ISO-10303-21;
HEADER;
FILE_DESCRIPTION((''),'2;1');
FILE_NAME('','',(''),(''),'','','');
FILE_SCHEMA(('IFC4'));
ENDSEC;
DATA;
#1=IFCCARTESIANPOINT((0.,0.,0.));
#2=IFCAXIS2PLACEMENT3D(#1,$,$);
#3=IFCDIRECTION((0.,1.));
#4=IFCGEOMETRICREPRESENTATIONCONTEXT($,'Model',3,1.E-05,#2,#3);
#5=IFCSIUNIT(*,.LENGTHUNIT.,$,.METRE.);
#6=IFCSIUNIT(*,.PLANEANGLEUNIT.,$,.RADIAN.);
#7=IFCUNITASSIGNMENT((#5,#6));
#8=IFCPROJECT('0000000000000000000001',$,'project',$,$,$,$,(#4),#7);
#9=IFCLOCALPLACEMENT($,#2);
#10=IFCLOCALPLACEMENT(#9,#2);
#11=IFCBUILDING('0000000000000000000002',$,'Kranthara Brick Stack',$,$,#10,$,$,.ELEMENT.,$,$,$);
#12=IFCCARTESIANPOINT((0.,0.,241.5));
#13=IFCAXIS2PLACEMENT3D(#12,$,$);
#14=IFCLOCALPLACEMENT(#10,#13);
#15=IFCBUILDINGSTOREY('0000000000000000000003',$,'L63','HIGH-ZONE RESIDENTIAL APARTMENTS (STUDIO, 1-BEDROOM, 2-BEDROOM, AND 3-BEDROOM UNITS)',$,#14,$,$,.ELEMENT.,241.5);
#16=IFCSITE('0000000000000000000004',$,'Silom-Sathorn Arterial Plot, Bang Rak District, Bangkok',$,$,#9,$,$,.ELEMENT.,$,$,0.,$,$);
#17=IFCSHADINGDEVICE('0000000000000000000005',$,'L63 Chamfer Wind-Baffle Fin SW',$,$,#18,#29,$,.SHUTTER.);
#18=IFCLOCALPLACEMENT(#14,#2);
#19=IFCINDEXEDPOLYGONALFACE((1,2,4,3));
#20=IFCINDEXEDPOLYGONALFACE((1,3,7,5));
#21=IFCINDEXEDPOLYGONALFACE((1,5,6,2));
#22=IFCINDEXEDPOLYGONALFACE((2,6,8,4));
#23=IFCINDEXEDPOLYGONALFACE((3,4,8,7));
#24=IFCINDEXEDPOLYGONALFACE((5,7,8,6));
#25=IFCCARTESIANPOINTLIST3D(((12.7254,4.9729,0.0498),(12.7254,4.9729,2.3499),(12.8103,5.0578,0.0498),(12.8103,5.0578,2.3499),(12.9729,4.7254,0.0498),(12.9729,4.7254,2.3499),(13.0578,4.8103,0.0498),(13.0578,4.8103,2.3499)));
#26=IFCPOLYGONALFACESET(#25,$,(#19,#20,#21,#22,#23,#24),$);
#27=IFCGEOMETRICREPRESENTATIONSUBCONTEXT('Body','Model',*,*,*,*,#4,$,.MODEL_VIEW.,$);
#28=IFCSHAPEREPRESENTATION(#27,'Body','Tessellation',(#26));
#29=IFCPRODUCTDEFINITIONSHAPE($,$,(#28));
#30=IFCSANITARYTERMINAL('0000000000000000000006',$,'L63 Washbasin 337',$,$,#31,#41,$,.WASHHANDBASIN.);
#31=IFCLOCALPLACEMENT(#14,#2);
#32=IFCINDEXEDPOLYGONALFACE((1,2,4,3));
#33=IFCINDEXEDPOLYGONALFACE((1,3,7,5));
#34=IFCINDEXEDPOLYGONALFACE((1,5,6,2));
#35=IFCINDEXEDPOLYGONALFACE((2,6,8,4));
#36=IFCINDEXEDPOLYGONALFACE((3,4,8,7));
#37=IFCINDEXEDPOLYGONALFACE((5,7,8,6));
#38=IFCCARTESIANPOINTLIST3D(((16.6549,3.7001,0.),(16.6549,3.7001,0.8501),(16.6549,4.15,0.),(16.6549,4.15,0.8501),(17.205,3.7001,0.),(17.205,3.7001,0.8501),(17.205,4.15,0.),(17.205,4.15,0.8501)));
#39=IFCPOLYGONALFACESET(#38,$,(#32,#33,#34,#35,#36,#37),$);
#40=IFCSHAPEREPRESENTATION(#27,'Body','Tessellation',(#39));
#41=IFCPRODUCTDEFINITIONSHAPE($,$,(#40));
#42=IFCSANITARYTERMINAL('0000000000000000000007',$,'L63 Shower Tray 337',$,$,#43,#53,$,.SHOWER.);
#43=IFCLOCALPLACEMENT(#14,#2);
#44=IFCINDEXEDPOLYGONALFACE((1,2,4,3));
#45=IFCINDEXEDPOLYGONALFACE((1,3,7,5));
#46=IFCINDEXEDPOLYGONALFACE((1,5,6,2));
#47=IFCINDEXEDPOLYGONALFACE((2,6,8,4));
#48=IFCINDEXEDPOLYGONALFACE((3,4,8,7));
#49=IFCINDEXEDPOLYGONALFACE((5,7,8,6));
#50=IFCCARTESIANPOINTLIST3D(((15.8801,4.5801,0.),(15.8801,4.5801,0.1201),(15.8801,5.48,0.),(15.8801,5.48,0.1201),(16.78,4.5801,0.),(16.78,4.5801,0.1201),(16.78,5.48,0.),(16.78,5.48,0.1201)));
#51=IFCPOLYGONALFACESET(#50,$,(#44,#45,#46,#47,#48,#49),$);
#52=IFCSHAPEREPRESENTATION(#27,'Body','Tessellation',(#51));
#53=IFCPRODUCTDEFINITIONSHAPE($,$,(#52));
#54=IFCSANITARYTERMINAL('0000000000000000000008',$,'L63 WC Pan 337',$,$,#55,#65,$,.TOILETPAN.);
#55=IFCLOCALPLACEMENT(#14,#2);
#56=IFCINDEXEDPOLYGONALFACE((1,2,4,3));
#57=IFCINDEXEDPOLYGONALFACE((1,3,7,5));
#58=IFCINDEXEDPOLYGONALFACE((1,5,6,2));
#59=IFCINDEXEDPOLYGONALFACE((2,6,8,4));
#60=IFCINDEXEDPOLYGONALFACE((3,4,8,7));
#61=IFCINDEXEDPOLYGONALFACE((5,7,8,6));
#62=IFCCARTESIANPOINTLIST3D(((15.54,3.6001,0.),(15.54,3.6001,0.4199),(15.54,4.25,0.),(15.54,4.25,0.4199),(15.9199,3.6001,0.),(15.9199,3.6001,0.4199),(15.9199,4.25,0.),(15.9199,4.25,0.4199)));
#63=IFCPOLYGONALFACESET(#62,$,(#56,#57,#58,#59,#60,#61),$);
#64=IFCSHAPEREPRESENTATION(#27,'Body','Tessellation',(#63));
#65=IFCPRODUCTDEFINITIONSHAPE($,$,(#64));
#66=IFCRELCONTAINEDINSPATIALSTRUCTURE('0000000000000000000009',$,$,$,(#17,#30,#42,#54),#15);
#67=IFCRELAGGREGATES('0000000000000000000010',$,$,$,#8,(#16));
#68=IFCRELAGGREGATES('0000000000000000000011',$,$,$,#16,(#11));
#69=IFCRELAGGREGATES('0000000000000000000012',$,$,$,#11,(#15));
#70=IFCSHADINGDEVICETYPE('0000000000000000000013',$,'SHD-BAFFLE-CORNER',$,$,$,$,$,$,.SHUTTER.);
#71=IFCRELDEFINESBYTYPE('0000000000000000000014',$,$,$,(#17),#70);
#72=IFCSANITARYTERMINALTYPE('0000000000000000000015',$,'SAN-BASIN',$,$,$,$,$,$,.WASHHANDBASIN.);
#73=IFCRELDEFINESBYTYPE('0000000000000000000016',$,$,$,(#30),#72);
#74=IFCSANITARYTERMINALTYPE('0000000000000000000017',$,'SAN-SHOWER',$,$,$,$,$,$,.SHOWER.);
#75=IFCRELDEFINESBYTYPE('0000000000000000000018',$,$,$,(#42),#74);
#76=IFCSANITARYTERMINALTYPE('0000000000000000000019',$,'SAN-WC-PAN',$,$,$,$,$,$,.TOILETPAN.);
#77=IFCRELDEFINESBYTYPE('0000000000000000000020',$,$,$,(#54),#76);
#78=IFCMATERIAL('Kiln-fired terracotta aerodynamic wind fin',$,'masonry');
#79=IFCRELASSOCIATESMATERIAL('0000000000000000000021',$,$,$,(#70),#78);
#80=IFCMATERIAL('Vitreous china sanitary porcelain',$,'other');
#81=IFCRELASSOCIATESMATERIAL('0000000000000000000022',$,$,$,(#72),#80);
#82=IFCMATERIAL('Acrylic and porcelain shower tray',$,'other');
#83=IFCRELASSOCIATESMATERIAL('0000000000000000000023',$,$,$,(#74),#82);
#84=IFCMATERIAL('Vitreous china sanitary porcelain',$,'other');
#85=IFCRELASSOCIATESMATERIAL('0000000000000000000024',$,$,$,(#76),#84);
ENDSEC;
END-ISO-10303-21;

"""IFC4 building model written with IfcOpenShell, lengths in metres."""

from ifc_helpers import new_model, si_unit, direction, frame, origin, origin_2d, place, context, subcontext, project, spatial, rectangle, extrude, material, type_object, element, save


model = new_model("IFC4")

# Units and contexts
model_context = context("Model", 3, precision=1e-05, world=origin(), true_north=direction((0.0, 1.0)))
body_context = subcontext(model_context, "Body", "Model", "MODEL_VIEW")
ifc_project = project(units=[si_unit("LENGTHUNIT", "METRE"), si_unit("PLANEANGLEUNIT", "RADIAN")], contexts=[model_context])

# Site, building, storey
site_placement = place(None, origin())
site = spatial("IfcSite", under=ifc_project, at=site_placement, Name="Silom-Sathorn Arterial Plot, Bang Rak District, Bangkok", CompositionType="ELEMENT", RefElevation=0.0)
building_placement = place(site_placement, origin())
building = spatial("IfcBuilding", under=site, at=building_placement, Name="Kranthara Brick Stack", CompositionType="ELEMENT")
storey_placement = place(building_placement, frame((0.0, 0.0, 241.5)))
storey = spatial("IfcBuildingStorey", under=building, at=storey_placement, Name="L63", Description="HIGH-ZONE RESIDENTIAL APARTMENTS (STUDIO, 1-BEDROOM, 2-BEDROOM, AND 3-BEDROOM UNITS)", CompositionType="ELEMENT", Elevation=241.5)

# Shading device
ifc_material_1 = material(Name="Kiln-fired terracotta aerodynamic wind fin", Category="masonry")
shading_device_type = type_object("IfcShadingDeviceType", Name="SHD-BAFFLE-CORNER", PredefinedType="SHUTTER", material=ifc_material_1)
shading_device_placement = place(storey_placement, frame((12.8916, 4.8916, 0.0498), z_axis=(0.0, 0.0, 1.0), x_axis=(-0.707107, 0.707107, 0.0)))
element("IfcShadingDevice", 1, at=shading_device_placement, inside=storey, type_object=shading_device_type, Name="L63 Chamfer Wind-Baffle Fin SW", PredefinedType="SHUTTER", context=body_context, shape_type="SweptSolid", body=[
    extrude(rectangle(XDim=0.3501, YDim=0.1201, at=origin_2d()), origin(), (0.0, 0.0, 1.0), 2.3),
])

# Sanitary terminals
ifc_material_2 = material(Name="Vitreous china sanitary porcelain", Category="other")
sanitary_terminal_type_1 = type_object("IfcSanitaryTerminalType", Name="SAN-BASIN", PredefinedType="WASHHANDBASIN", material=ifc_material_2)
sanitary_terminal_1_placement = place(storey_placement, frame((16.9299, 3.925, 0.0), z_axis=(0.0, 0.0, 1.0), x_axis=(1.0, 0.0, 0.0)))
element("IfcSanitaryTerminal", 2, at=sanitary_terminal_1_placement, inside=storey, type_object=sanitary_terminal_type_1, Name="L63 Washbasin 337", PredefinedType="WASHHANDBASIN", context=body_context, shape_type="SweptSolid", body=[
    extrude(rectangle(XDim=0.55, YDim=0.45, at=origin_2d()), origin(), (0.0, 0.0, 1.0), 0.8501),
])
ifc_material_3 = material(Name="Acrylic and porcelain shower tray", Category="other")
sanitary_terminal_type_2 = type_object("IfcSanitaryTerminalType", Name="SAN-SHOWER", PredefinedType="SHOWER", material=ifc_material_3)
sanitary_terminal_2_placement = place(storey_placement, frame((16.3301, 5.03, 0.0), z_axis=(0.0, 0.0, 1.0), x_axis=(1.0, 0.0, 0.0)))
element("IfcSanitaryTerminal", 3, at=sanitary_terminal_2_placement, inside=storey, type_object=sanitary_terminal_type_2, Name="L63 Shower Tray 337", PredefinedType="SHOWER", context=body_context, shape_type="SweptSolid", body=[
    extrude(rectangle(XDim=0.8999, YDim=0.8999, at=origin_2d()), origin(), (0.0, 0.0, 1.0), 0.1201),
])
ifc_material_4 = material(Name="Vitreous china sanitary porcelain", Category="other")
sanitary_terminal_type_3 = type_object("IfcSanitaryTerminalType", Name="SAN-WC-PAN", PredefinedType="TOILETPAN", material=ifc_material_4)
sanitary_terminal_3_placement = place(storey_placement, frame((15.73, 3.925, 0.0), z_axis=(0.0, 0.0, 1.0), x_axis=(1.0, 0.0, 0.0)))
element("IfcSanitaryTerminal", 4, at=sanitary_terminal_3_placement, inside=storey, type_object=sanitary_terminal_type_3, Name="L63 WC Pan 337", PredefinedType="TOILETPAN", context=body_context, shape_type="SweptSolid", body=[
    extrude(rectangle(XDim=0.3799, YDim=0.6499, at=origin_2d()), origin(), (0.0, 0.0, 1.0), 0.4199),
])

save(model, "model.ifc")
